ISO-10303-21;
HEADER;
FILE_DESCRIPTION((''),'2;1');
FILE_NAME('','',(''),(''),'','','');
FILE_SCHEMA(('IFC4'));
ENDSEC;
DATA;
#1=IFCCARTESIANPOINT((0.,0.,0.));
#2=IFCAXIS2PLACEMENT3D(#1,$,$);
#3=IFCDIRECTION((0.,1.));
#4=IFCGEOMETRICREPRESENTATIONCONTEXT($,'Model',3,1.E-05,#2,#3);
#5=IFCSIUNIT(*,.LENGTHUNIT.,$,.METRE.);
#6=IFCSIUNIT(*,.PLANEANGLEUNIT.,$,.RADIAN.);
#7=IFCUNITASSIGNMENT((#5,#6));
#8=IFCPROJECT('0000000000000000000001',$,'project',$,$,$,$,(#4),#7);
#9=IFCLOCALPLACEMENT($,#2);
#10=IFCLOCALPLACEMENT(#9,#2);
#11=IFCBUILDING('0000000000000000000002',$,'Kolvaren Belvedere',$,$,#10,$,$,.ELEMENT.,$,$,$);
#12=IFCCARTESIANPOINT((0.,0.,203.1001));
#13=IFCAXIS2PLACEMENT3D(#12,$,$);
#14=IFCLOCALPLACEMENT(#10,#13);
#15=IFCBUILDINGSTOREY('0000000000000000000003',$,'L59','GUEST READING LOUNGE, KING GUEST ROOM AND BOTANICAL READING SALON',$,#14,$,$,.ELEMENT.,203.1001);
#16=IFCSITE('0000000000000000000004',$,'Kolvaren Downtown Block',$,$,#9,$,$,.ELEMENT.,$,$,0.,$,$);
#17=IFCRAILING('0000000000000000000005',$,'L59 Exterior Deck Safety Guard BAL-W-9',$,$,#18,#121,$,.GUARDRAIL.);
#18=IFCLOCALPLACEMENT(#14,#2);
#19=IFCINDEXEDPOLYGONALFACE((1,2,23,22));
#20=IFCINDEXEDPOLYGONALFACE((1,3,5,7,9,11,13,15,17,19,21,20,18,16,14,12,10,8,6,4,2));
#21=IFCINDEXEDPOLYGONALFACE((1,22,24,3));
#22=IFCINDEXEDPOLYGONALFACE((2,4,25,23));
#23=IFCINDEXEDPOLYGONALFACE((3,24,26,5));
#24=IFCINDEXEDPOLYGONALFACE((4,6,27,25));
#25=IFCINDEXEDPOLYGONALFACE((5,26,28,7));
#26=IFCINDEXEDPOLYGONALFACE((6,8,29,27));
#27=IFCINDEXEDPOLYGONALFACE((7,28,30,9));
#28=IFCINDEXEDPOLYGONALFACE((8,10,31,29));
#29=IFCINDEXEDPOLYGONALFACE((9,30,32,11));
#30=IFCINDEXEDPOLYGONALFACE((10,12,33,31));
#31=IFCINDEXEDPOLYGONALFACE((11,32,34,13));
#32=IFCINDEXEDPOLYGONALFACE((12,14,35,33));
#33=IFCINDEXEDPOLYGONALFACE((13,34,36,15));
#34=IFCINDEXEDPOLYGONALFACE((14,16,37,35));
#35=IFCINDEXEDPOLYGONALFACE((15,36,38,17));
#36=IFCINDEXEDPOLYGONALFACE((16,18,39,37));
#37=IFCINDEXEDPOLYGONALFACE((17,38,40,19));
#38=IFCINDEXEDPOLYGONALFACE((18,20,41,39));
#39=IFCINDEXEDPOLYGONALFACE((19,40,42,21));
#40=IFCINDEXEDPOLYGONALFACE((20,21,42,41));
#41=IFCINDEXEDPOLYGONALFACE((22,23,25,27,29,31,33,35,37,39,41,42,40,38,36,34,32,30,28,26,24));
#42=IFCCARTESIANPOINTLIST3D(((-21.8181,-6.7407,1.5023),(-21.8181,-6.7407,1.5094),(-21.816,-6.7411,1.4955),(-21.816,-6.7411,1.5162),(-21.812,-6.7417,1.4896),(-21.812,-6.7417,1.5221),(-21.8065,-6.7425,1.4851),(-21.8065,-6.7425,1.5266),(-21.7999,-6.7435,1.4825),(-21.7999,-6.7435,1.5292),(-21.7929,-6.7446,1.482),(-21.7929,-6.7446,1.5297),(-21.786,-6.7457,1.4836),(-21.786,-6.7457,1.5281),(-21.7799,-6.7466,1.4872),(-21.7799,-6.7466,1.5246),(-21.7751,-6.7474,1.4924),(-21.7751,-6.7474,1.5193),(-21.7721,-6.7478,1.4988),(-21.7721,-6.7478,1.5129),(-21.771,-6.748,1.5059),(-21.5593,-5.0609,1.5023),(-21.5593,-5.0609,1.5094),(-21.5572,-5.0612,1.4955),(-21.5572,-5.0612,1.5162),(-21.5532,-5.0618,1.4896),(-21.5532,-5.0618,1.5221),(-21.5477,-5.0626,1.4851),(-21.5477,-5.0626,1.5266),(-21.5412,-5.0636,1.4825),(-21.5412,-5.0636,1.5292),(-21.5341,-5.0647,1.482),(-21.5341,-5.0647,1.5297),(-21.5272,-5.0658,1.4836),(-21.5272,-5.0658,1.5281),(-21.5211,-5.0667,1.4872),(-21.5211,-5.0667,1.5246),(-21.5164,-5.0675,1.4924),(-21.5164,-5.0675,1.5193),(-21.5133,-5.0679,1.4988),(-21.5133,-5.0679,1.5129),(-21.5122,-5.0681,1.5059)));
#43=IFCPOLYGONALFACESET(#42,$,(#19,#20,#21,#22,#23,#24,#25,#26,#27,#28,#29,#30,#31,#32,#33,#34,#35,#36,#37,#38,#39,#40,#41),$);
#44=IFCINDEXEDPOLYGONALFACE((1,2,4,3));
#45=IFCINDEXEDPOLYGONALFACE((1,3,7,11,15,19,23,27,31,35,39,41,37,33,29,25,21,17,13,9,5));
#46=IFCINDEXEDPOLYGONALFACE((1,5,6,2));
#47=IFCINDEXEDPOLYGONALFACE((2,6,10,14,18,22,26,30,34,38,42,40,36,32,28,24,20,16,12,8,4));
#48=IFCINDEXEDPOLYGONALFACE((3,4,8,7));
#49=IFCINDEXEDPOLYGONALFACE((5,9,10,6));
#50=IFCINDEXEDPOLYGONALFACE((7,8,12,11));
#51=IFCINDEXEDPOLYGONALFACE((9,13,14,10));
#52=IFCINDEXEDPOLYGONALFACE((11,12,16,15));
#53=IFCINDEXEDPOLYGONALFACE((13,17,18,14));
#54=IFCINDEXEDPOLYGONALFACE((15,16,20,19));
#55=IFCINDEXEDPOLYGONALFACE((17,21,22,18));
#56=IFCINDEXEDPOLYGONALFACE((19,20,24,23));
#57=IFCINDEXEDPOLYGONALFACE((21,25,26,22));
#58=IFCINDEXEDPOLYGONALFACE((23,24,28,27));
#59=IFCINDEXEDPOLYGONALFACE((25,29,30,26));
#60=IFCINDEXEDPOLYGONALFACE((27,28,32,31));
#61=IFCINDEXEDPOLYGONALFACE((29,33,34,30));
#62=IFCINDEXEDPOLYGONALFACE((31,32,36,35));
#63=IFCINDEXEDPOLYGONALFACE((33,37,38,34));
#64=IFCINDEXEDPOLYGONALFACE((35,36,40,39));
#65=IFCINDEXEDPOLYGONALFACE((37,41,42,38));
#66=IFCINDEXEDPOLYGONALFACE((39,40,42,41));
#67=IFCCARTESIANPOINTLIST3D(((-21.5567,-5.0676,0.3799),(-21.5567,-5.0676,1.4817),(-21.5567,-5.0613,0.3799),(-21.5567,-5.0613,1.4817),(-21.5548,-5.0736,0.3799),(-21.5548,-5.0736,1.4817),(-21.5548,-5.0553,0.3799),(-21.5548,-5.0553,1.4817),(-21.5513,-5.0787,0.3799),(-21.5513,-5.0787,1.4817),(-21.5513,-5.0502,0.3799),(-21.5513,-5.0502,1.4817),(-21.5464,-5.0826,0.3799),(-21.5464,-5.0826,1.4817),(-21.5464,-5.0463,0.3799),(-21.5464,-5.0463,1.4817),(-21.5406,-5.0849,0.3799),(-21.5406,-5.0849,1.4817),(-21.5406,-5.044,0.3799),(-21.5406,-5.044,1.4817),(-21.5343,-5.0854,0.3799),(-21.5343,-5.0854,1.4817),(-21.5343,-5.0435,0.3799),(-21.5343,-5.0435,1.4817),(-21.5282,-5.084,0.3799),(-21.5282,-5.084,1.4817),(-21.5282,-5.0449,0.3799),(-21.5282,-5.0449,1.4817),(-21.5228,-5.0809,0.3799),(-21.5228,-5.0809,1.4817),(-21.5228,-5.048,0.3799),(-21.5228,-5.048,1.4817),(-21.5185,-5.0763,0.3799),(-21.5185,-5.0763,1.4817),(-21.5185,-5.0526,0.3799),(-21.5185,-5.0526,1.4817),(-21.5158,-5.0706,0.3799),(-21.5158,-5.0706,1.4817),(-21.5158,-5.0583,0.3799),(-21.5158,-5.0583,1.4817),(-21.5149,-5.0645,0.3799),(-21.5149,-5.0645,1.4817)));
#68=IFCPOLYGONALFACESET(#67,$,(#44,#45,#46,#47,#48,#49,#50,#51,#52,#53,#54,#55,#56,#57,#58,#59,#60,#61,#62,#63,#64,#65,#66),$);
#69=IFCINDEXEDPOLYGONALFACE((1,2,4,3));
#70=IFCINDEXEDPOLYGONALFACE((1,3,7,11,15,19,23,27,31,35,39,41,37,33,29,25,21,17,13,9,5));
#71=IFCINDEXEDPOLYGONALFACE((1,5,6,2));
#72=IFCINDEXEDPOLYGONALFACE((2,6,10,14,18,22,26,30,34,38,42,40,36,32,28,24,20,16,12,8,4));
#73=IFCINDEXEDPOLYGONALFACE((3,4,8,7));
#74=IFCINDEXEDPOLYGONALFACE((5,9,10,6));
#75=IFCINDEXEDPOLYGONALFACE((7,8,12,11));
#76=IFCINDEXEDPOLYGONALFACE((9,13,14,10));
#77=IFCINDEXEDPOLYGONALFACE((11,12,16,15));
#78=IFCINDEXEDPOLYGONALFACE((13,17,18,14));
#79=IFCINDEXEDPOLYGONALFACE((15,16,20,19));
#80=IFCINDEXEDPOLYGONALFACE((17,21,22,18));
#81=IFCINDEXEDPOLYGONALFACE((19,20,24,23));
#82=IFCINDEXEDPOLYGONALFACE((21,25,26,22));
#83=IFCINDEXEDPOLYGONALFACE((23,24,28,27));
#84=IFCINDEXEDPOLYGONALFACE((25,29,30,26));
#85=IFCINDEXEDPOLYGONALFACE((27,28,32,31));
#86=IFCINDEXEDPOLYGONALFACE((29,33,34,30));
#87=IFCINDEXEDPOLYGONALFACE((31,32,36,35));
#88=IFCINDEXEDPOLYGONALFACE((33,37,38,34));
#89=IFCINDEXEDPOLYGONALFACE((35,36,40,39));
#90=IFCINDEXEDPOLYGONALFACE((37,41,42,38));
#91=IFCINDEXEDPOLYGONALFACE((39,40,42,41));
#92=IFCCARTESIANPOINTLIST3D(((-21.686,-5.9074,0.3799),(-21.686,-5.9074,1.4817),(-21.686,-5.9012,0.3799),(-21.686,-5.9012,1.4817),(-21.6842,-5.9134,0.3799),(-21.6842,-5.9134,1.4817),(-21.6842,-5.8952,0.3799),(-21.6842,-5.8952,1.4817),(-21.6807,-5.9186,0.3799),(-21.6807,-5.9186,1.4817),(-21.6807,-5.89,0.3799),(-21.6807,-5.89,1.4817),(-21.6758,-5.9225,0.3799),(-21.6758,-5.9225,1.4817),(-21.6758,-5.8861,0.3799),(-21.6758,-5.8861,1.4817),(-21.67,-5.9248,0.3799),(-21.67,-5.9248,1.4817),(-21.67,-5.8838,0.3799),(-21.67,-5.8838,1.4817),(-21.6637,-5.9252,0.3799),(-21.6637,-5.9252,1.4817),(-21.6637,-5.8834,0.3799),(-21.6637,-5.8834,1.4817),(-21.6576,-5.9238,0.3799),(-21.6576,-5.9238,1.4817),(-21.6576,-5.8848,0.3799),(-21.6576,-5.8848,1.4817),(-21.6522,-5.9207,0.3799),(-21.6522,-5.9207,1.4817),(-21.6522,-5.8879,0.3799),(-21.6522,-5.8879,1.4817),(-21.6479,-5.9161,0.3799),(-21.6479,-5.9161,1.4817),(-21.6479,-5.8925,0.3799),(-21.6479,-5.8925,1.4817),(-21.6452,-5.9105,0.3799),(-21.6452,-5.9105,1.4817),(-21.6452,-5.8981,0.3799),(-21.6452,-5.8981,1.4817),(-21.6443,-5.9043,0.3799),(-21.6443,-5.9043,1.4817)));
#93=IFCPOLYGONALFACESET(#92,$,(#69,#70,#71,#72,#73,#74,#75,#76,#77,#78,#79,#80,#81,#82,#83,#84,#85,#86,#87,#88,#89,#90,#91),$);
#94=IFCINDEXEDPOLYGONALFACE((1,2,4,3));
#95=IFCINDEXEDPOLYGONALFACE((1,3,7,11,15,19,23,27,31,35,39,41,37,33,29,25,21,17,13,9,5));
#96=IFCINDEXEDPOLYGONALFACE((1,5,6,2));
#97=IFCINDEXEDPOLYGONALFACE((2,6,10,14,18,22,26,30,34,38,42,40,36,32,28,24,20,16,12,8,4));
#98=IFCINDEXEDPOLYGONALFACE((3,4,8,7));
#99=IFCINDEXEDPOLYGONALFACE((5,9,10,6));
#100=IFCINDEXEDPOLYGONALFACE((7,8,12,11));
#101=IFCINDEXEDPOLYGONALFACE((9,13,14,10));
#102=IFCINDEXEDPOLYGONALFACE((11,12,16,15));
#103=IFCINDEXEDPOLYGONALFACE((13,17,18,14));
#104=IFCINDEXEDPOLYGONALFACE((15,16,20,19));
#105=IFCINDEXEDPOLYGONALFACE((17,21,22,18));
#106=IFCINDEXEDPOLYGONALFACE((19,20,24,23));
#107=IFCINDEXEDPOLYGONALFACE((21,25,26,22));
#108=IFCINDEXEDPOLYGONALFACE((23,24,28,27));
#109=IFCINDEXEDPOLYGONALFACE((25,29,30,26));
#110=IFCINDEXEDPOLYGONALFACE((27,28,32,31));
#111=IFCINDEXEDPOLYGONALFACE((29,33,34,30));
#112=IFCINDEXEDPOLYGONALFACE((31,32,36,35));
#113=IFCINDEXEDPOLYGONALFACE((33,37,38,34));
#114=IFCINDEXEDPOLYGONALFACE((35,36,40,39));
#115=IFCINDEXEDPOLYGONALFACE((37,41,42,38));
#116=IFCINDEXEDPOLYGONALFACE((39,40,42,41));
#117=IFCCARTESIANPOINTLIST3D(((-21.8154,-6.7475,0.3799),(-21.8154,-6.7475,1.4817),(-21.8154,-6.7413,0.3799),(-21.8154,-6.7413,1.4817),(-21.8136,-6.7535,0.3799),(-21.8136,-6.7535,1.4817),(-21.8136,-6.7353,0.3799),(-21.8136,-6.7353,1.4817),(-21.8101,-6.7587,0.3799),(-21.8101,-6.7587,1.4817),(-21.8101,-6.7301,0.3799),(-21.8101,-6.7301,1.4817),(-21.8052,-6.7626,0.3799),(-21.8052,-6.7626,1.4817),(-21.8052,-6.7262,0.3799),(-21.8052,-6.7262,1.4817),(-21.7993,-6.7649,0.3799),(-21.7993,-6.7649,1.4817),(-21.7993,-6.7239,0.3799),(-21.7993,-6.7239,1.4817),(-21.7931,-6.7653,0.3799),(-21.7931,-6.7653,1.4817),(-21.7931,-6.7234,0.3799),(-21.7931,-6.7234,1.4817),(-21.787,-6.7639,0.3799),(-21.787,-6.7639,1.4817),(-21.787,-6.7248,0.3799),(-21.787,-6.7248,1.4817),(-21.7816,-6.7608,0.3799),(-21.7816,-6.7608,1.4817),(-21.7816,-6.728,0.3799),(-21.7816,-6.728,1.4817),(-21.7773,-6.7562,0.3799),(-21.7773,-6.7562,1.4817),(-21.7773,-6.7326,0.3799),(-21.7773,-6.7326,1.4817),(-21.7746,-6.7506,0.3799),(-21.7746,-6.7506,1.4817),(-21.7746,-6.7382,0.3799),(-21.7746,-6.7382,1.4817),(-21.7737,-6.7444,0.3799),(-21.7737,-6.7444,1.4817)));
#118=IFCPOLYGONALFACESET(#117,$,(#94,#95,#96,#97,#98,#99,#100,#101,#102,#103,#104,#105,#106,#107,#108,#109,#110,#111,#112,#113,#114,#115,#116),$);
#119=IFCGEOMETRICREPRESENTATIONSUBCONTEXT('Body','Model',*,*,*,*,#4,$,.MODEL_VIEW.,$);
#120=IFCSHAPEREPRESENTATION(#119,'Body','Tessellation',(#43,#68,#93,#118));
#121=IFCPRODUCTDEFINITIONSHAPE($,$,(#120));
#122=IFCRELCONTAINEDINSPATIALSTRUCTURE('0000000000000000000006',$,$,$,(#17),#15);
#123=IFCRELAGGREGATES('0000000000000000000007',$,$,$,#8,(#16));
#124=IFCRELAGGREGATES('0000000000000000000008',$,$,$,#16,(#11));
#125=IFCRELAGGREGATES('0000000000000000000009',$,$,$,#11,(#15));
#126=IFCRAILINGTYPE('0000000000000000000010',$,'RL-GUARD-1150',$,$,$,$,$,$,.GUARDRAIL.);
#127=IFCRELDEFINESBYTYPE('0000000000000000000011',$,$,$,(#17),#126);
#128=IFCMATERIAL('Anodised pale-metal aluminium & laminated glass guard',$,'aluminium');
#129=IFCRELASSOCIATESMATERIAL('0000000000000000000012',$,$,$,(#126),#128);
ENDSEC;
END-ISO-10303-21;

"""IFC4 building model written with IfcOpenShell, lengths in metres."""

from ifc_helpers import new_model, si_unit, direction, frame, origin, origin_2d, place, context, subcontext, project, spatial, circle, extrude, material, type_object, element, save


model = new_model("IFC4")

# Units and contexts
model_context = context("Model", 3, precision=1e-05, world=origin(), true_north=direction((0.0, 1.0)))
body_context = subcontext(model_context, "Body", "Model", "MODEL_VIEW")
ifc_project = project(units=[si_unit("LENGTHUNIT", "METRE"), si_unit("PLANEANGLEUNIT", "RADIAN")], contexts=[model_context])

# Site, building, storey
site_placement = place(None, origin())
site = spatial("IfcSite", under=ifc_project, at=site_placement, Name="Kolvaren Downtown Block", CompositionType="ELEMENT", RefElevation=0.0)
building_placement = place(site_placement, origin())
building = spatial("IfcBuilding", under=site, at=building_placement, Name="Kolvaren Belvedere", CompositionType="ELEMENT")
storey_placement = place(building_placement, frame((0.0, 0.0, 203.1001)))
storey = spatial("IfcBuildingStorey", under=building, at=storey_placement, Name="L59", Description="GUEST READING LOUNGE, KING GUEST ROOM AND BOTANICAL READING SALON", CompositionType="ELEMENT", Elevation=203.1001)

# Railing
ifc_material_1 = material(Name="Anodised pale-metal aluminium & laminated glass guard", Category="aluminium")
railing_type = type_object("IfcRailingType", Name="RL-GUARD-1150", PredefinedType="GUARDRAIL", material=ifc_material_1)
railing_1_placement = place(storey_placement, frame((-21.5359, -5.0645, 0.3799)))
element("IfcRailing", 1, at=railing_1_placement, inside=storey, type_object=railing_type, Name="L59 Exterior Deck Safety Guard BAL-W-9", PredefinedType="GUARDRAIL", context=body_context, shape_type="SweptSolid", body=[
    extrude(circle(Radius=0.0239, at=origin_2d()), frame((0.0, 0.0, 1.126), z_axis=(-0.152251, -0.988342, 0.0), x_axis=(0.988342, -0.152251, 0.0)), (0.0, 0.0, 1.0), 1.6997),
    extrude(circle(Radius=0.021, at=origin_2d()), origin(), (0.0, 0.0, 1.0), 1.1018),
    extrude(circle(Radius=0.021, at=origin_2d()), frame((-0.1294, -0.8398, 0.0)), (0.0, 0.0, 1.0), 1.1018),
    extrude(circle(Radius=0.021, at=origin_2d()), frame((-0.2588, -1.6799, 0.0)), (0.0, 0.0, 1.0), 1.1018),
])

save(model, "model.ifc")
